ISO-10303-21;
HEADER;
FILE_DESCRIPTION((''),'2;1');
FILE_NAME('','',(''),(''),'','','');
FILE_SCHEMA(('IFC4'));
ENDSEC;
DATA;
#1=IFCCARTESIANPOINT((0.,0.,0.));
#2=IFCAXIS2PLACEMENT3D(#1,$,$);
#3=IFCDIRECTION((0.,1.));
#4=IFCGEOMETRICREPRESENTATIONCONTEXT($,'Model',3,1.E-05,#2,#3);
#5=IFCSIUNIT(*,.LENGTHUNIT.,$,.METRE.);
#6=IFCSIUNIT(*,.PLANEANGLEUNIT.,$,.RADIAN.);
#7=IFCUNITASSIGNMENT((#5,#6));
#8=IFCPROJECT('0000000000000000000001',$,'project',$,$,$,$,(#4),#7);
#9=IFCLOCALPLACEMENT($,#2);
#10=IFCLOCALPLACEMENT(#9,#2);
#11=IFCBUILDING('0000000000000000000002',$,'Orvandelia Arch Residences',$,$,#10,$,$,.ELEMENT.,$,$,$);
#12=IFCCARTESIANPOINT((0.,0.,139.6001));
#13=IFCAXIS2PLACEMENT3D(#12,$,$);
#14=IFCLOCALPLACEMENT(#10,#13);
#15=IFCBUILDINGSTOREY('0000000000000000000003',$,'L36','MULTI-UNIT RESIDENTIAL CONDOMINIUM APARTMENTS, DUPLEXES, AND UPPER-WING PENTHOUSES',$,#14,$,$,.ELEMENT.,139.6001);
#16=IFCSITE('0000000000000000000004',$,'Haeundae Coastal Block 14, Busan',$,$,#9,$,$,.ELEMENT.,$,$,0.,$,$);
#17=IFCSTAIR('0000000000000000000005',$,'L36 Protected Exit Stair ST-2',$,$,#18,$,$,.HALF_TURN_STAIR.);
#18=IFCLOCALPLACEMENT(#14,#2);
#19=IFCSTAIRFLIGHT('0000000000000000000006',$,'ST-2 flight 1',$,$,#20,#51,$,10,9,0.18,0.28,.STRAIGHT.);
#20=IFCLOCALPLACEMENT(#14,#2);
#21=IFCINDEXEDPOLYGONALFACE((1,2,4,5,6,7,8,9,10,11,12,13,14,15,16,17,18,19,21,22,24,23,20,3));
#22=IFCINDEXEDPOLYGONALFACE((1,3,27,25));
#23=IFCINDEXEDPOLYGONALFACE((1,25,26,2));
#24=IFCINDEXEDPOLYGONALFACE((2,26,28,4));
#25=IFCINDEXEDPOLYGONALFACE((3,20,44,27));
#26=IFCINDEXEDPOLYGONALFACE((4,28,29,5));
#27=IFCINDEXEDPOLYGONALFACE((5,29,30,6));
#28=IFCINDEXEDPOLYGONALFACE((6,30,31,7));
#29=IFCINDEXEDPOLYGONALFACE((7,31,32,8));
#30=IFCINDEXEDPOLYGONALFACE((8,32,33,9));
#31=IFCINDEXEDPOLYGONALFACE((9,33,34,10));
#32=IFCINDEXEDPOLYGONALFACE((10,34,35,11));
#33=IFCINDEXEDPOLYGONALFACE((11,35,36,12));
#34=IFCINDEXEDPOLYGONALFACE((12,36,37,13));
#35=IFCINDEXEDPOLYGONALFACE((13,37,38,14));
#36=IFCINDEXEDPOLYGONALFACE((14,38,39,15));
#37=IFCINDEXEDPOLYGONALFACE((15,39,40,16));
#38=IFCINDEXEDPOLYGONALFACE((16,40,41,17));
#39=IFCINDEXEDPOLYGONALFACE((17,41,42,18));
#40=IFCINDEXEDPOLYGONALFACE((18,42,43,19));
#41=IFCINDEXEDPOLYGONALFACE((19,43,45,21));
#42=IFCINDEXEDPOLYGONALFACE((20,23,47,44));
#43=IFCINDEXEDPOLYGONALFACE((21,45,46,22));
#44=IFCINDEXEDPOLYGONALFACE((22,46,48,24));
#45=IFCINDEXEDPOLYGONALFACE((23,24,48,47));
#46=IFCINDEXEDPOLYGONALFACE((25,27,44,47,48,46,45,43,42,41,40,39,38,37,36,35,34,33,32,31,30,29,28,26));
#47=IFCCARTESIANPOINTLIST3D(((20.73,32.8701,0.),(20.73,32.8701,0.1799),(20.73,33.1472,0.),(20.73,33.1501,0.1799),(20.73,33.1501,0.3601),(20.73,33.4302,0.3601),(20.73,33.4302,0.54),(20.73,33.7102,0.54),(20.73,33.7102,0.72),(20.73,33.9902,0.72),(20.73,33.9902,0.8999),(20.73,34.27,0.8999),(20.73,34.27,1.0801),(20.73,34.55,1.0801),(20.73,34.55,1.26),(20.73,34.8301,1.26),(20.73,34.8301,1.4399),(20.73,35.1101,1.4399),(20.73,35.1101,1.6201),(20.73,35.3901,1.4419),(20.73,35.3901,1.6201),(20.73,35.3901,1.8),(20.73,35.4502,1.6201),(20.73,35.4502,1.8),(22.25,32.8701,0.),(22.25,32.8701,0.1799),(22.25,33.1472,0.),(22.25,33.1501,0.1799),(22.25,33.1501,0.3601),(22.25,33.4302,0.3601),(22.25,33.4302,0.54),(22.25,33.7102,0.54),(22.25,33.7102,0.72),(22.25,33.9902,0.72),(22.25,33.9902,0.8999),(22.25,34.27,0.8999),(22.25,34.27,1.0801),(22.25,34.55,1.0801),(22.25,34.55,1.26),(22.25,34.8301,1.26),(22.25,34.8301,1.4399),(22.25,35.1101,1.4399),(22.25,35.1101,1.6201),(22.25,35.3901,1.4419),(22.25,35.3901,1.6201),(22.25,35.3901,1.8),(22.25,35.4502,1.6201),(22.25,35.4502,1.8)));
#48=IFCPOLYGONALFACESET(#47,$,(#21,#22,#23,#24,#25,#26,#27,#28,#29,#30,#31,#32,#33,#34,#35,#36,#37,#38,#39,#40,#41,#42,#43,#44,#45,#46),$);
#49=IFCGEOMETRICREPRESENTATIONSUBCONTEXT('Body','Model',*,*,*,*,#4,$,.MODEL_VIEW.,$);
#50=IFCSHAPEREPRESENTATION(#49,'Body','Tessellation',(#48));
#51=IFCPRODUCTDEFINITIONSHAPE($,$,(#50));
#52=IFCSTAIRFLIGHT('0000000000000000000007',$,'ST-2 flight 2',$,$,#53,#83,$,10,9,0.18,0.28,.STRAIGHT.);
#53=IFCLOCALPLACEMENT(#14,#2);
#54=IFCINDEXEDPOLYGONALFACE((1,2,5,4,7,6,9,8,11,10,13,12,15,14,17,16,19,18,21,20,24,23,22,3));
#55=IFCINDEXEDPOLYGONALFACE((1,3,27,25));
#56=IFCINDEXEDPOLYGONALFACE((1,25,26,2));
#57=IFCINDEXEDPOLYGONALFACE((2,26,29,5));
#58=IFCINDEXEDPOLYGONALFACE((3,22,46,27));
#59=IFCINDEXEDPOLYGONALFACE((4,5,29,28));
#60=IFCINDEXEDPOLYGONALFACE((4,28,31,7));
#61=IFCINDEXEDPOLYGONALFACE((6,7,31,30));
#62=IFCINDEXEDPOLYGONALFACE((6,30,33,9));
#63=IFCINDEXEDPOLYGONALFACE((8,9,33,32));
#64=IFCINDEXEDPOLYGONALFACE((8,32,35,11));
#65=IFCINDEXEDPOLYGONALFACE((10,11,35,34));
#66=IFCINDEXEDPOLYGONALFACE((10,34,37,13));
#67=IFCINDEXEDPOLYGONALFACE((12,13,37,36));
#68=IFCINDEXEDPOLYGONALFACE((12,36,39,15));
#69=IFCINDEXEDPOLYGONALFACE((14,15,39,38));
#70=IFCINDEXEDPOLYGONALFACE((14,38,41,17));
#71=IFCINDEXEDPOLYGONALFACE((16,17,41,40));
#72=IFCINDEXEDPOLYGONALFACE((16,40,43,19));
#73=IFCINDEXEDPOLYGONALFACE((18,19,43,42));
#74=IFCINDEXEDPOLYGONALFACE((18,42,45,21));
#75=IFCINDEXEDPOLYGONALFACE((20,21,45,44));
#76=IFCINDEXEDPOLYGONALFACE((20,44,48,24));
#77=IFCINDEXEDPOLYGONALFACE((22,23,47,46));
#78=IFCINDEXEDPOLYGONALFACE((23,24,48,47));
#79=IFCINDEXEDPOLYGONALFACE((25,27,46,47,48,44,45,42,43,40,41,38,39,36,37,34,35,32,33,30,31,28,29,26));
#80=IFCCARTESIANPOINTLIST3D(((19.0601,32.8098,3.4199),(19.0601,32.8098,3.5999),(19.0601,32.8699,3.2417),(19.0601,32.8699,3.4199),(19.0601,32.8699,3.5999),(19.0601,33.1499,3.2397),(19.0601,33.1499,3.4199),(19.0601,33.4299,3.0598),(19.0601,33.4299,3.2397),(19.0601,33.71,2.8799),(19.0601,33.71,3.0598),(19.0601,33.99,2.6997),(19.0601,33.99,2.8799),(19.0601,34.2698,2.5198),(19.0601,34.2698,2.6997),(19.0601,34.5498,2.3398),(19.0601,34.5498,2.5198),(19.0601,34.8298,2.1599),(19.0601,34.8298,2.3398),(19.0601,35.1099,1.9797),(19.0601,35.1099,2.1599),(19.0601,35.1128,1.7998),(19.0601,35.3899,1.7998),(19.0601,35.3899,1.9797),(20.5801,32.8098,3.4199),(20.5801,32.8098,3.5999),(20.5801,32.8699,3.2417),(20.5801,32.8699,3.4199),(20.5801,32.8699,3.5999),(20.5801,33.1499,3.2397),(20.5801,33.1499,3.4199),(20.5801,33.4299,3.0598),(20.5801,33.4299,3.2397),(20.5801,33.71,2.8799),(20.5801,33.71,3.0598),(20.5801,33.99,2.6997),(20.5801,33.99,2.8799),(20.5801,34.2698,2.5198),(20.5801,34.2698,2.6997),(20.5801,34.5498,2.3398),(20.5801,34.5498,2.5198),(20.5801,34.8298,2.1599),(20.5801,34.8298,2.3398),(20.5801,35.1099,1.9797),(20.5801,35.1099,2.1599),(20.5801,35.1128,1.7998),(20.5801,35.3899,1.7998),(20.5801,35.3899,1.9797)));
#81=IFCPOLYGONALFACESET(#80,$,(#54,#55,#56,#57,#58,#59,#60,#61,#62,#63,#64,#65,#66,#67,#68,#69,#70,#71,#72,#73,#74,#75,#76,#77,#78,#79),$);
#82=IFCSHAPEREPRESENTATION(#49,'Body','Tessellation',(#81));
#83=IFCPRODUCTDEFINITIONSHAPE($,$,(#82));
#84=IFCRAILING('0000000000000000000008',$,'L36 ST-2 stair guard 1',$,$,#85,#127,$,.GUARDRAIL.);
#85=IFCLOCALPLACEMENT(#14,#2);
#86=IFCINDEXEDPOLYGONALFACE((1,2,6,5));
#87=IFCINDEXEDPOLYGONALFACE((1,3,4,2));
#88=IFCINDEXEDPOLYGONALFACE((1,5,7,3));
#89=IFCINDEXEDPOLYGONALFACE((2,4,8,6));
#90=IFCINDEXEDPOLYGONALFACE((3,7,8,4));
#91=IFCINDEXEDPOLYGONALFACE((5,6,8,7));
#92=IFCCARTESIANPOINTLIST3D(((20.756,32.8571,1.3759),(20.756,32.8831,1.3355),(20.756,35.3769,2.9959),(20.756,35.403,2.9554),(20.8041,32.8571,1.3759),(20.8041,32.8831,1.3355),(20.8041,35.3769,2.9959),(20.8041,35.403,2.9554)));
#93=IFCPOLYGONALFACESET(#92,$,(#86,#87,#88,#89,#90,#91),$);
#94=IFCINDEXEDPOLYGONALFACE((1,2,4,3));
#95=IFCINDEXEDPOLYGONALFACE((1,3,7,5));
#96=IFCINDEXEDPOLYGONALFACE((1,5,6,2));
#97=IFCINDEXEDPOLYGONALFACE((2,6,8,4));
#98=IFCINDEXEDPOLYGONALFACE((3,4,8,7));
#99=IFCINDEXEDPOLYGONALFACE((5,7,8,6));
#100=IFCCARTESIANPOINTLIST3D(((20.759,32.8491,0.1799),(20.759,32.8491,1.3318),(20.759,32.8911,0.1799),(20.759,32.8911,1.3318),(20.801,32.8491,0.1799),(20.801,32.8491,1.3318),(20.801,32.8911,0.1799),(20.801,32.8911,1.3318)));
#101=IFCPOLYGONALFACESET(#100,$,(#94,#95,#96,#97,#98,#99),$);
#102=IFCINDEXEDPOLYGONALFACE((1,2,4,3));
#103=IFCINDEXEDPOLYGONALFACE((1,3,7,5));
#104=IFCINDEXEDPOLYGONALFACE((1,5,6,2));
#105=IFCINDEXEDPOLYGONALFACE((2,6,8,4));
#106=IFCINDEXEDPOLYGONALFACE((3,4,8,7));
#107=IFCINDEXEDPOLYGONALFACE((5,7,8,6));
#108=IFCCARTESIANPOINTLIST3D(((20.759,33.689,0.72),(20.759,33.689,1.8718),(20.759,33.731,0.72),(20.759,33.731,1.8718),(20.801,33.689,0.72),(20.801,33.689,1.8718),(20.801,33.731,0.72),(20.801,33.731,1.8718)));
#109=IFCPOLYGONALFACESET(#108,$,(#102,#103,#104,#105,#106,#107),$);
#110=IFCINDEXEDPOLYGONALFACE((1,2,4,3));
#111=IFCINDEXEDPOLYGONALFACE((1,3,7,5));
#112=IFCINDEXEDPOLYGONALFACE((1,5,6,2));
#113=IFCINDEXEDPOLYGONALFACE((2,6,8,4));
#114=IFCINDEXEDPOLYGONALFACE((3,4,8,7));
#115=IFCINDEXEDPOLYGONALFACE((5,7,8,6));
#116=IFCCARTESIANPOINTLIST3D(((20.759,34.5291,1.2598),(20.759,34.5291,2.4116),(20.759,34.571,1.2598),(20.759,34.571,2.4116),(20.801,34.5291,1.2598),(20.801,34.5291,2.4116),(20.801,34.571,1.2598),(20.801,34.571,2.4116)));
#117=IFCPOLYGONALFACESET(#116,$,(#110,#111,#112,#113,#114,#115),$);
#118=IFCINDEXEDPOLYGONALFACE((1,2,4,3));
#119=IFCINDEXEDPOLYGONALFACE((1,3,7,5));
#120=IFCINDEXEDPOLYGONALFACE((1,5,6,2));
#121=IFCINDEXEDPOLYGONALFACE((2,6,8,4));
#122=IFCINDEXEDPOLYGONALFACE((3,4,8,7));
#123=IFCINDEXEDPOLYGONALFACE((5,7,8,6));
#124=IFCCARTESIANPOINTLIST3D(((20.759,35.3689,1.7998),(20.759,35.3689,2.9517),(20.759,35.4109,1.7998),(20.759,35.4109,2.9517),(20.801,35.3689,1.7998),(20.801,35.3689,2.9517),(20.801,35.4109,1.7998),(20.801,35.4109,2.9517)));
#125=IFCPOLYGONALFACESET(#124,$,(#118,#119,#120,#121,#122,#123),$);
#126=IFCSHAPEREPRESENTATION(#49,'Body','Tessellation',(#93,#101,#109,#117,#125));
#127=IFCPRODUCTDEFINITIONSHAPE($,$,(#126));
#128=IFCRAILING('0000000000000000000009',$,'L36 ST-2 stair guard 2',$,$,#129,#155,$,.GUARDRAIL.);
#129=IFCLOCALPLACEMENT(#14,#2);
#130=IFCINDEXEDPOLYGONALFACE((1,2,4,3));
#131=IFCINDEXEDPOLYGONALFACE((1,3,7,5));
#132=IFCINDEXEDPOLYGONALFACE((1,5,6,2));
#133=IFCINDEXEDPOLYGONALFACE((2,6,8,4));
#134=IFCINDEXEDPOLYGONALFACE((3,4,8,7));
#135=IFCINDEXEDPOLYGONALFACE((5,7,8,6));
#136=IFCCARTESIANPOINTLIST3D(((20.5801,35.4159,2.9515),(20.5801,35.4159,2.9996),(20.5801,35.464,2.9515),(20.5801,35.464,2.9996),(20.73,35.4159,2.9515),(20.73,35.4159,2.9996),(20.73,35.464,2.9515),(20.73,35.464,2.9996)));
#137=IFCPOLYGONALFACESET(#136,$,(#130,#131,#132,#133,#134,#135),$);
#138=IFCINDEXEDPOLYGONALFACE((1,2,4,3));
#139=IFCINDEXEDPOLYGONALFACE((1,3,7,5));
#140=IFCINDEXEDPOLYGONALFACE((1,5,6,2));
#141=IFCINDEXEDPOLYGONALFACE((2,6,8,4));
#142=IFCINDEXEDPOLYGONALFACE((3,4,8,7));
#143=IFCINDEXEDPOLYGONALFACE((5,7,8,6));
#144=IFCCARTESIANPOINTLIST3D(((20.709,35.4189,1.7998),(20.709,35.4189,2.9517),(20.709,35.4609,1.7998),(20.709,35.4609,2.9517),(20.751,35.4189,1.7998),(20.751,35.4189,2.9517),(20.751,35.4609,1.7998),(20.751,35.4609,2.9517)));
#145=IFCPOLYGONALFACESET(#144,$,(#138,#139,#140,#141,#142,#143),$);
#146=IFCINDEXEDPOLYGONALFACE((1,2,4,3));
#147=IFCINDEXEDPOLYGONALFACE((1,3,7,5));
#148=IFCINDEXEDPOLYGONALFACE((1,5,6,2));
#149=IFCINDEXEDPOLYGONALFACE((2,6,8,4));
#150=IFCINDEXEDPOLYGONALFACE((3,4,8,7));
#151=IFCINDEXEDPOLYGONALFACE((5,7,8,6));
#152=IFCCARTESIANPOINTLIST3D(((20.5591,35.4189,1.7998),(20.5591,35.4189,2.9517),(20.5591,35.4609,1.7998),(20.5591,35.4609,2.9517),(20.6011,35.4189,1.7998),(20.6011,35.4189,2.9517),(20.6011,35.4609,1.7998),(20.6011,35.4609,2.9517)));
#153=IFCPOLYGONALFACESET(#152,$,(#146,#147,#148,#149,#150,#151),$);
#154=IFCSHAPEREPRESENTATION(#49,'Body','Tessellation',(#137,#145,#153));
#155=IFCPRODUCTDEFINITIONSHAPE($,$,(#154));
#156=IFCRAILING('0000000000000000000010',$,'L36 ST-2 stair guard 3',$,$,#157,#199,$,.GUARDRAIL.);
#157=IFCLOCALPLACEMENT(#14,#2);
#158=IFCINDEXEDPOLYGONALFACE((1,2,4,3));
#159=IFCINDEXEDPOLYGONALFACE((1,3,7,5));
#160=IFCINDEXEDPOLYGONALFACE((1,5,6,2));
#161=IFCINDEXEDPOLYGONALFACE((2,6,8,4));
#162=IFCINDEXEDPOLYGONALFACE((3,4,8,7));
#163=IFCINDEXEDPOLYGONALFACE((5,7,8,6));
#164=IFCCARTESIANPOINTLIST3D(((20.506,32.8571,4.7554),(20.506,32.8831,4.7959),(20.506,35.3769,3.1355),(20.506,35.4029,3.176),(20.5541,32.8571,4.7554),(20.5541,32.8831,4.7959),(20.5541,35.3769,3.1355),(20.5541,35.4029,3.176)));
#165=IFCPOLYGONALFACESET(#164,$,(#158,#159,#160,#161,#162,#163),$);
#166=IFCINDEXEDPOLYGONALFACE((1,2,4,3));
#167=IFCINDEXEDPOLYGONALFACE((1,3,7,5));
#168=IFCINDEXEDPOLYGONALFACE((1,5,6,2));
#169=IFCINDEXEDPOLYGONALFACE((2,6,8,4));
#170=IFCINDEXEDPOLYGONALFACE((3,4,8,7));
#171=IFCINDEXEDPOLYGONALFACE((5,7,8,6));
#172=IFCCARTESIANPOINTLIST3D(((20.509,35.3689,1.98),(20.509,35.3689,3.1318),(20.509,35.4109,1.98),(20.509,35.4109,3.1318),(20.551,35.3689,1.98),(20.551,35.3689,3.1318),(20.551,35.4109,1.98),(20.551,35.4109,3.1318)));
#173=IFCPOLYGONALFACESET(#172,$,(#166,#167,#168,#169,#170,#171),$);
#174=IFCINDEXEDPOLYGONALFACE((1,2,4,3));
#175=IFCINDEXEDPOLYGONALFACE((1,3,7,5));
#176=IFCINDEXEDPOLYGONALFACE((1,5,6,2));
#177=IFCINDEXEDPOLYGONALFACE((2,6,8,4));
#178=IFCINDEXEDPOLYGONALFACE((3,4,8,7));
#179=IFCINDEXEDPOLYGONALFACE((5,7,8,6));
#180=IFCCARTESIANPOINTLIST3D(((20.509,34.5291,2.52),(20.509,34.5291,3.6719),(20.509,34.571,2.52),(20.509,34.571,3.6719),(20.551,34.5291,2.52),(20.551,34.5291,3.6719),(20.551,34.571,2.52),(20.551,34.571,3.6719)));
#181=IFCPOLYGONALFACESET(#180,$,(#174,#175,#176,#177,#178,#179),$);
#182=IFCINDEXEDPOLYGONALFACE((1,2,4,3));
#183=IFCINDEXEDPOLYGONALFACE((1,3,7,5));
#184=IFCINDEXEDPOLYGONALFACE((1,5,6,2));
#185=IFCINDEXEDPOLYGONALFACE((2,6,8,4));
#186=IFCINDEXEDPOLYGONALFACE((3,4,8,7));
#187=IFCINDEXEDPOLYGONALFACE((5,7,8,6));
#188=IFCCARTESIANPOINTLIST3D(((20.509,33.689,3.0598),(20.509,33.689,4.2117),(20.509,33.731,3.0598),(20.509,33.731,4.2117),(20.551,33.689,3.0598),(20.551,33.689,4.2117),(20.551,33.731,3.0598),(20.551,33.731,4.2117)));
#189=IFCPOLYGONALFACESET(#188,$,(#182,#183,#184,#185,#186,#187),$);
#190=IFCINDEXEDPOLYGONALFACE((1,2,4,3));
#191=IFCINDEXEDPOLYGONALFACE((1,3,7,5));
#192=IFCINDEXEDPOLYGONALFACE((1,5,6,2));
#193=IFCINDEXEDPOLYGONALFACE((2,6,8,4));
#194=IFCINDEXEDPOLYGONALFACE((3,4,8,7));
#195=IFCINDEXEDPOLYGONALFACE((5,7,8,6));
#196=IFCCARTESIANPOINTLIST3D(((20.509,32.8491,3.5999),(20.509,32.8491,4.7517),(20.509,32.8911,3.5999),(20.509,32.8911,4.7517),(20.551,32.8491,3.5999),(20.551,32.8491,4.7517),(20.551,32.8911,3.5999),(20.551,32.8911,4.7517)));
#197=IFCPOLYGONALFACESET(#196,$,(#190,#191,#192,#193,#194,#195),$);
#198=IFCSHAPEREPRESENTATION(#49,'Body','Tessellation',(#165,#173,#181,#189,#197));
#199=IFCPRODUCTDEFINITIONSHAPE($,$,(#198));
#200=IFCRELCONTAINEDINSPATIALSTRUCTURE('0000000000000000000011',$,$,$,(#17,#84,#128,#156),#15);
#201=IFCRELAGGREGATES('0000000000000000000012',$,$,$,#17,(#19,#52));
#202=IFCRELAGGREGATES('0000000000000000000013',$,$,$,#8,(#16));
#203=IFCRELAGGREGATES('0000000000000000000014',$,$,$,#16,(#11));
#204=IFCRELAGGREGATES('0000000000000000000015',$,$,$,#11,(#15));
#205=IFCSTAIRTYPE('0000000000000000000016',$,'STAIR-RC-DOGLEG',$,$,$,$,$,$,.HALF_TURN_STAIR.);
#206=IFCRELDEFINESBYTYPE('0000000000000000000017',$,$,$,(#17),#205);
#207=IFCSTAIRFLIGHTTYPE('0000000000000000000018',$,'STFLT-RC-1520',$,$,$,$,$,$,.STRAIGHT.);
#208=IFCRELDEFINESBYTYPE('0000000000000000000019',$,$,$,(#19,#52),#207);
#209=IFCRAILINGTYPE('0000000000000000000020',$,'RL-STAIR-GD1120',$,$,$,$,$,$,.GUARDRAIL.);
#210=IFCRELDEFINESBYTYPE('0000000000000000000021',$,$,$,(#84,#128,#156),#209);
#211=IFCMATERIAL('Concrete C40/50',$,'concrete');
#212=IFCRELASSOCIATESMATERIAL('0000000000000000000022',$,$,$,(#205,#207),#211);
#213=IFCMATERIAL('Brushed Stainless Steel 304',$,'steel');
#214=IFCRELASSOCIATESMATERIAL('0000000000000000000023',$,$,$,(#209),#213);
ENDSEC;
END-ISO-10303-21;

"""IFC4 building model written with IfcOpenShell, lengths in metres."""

from ifc_helpers import new_model, si_unit, direction, frame, origin, origin_2d, place, context, subcontext, project, spatial, polyline, rectangle, outline, extrude, material, type_object, element, aggregate, save


model = new_model("IFC4")

# Units and contexts
model_context = context("Model", 3, precision=1e-05, world=origin(), true_north=direction((0.0, 1.0)))
body_context = subcontext(model_context, "Body", "Model", "MODEL_VIEW")
ifc_project = project(units=[si_unit("LENGTHUNIT", "METRE"), si_unit("PLANEANGLEUNIT", "RADIAN")], contexts=[model_context])

# Site, building, storey
site_placement = place(None, origin())
site = spatial("IfcSite", under=ifc_project, at=site_placement, Name="Haeundae Coastal Block 14, Busan", CompositionType="ELEMENT", RefElevation=0.0)
building_placement = place(site_placement, origin())
building = spatial("IfcBuilding", under=site, at=building_placement, Name="Orvandelia Arch Residences", CompositionType="ELEMENT")
storey_placement = place(building_placement, frame((0.0, 0.0, 139.6001)))
storey = spatial("IfcBuildingStorey", under=building, at=storey_placement, Name="L36", Description="MULTI-UNIT RESIDENTIAL CONDOMINIUM APARTMENTS, DUPLEXES, AND UPPER-WING PENTHOUSES", CompositionType="ELEMENT", Elevation=139.6001)

# Stair, stair flights
ifc_material_1 = material(Name="Concrete C40/50", Category="concrete")
stair_type = type_object("IfcStairType", Name="STAIR-RC-DOGLEG", PredefinedType="HALF_TURN_STAIR", material=ifc_material_1)
stair_placement = place(storey_placement, origin())
stair = element("IfcStair", 1, at=stair_placement, inside=storey, type_object=stair_type, Name="L36 Protected Exit Stair ST-2", PredefinedType="HALF_TURN_STAIR")
stair_flight_type = type_object("IfcStairFlightType", Name="STFLT-RC-1520", PredefinedType="STRAIGHT", material=ifc_material_1)
stair_flight_1_placement = place(storey_placement, frame((21.49, 32.8701, 0.0), z_axis=(0.0, 0.0, 1.0), x_axis=(0.0, 1.0, 0.0)))
stair_flight_1 = element("IfcStairFlight", 2, at=stair_flight_1_placement, type_object=stair_flight_type, Name="ST-2 flight 1", NumberOfRisers=10, NumberOfTreads=9, PredefinedType="STRAIGHT", RiserHeight=0.18, TreadLength=0.28, context=body_context, shape_type="SweptSolid", body=[
    extrude(outline(polyline([(0.0, 0.0), (0.0, 0.1799), (0.28, 0.1799), (0.28, 0.3601), (0.5601, 0.3601), (0.5601, 0.54), (0.8401, 0.54), (0.8401, 0.72), (1.1201, 0.72), (1.1201, 0.8999), (1.3999, 0.8999), (1.3999, 1.0801), (1.6799, 1.0801), (1.6799, 1.26), (1.96, 1.26), (1.96, 1.4399), (2.24, 1.4399), (2.24, 1.6201), (2.52, 1.6201), (2.52, 1.8), (2.5801, 1.8), (2.5801, 1.6201), (2.52, 1.4419), (0.2771, 0.0), (0.0, 0.0)])), frame((0.0, 0.76, 0.0), z_axis=(0.0, -1.0, 0.0), x_axis=(1.0, 0.0, 0.0)), (0.0, 0.0, 1.0), 1.52),
])
stair_flight_2_placement = place(storey_placement, frame((19.8201, 35.3899, 1.7998), z_axis=(0.0, 0.0, 1.0), x_axis=(0.0, -1.0, 0.0)))
stair_flight_2 = element("IfcStairFlight", 3, at=stair_flight_2_placement, type_object=stair_flight_type, Name="ST-2 flight 2", NumberOfRisers=10, NumberOfTreads=9, PredefinedType="STRAIGHT", RiserHeight=0.18, TreadLength=0.28, context=body_context, shape_type="SweptSolid", body=[
    extrude(outline(polyline([(0.0, 0.0), (0.0, 0.1799), (0.28, 0.1799), (0.28, 0.3601), (0.5601, 0.3601), (0.5601, 0.54), (0.8401, 0.54), (0.8401, 0.72), (1.1201, 0.72), (1.1201, 0.8999), (1.3999, 0.8999), (1.3999, 1.0801), (1.6799, 1.0801), (1.6799, 1.26), (1.96, 1.26), (1.96, 1.4399), (2.24, 1.4399), (2.24, 1.6201), (2.52, 1.6201), (2.52, 1.8), (2.5801, 1.8), (2.5801, 1.6201), (2.52, 1.4419), (0.2771, 0.0), (0.0, 0.0)])), frame((0.0, 0.76, 0.0), z_axis=(0.0, -1.0, 0.0), x_axis=(1.0, 0.0, 0.0)), (0.0, 0.0, 1.0), 1.52),
])
aggregate(stair, [stair_flight_1, stair_flight_2])

# Railings
ifc_material_2 = material(Name="Brushed Stainless Steel 304", Category="steel")
railing_type_1 = type_object("IfcRailingType", Name="RL-STAIR-GD1120", PredefinedType="GUARDRAIL", material=ifc_material_2)
railing_1_placement = place(storey_placement, frame((20.78, 32.8701, 0.1799)))
element("IfcRailing", 4, at=railing_1_placement, inside=storey, type_object=railing_type_1, Name="L36 ST-2 stair guard 1", PredefinedType="GUARDRAIL", context=body_context, shape_type="SweptSolid", body=[
    extrude(rectangle(XDim=0.0481, YDim=0.0481, at=origin_2d()), frame((0.0, 0.0, 1.1758), z_axis=(0.0, 0.841176, 0.540762), x_axis=(-1.0, 0.0, 0.0)), (0.0, 0.0, 1.0), 2.9956),
    extrude(rectangle(XDim=0.042, YDim=0.042, at=origin_2d()), origin(), (0.0, 0.0, 1.0), 1.1519),
    extrude(rectangle(XDim=0.042, YDim=0.042, at=origin_2d()), frame((0.0, 0.8398, 0.54)), (0.0, 0.0, 1.0), 1.1519),
    extrude(rectangle(XDim=0.042, YDim=0.042, at=origin_2d()), frame((0.0, 1.6799, 1.0798)), (0.0, 0.0, 1.0), 1.1519),
    extrude(rectangle(XDim=0.042, YDim=0.042, at=origin_2d()), frame((0.0, 2.5198, 1.6199)), (0.0, 0.0, 1.0), 1.1519),
])
railing_2_placement = place(storey_placement, frame((20.73, 35.4399, 1.7998)))
element("IfcRailing", 5, at=railing_2_placement, inside=storey, type_object=railing_type_1, Name="L36 ST-2 stair guard 2", PredefinedType="GUARDRAIL", context=body_context, shape_type="SweptSolid", body=[
    extrude(rectangle(XDim=0.0481, YDim=0.0481, at=origin_2d()), frame((0.0, 0.0, 1.1758), z_axis=(-1.0, 0.0, 0.0), x_axis=(0.0, -1.0, 0.0)), (0.0, 0.0, 1.0), 0.1499),
    extrude(rectangle(XDim=0.042, YDim=0.042, at=origin_2d()), origin(), (0.0, 0.0, 1.0), 1.1519),
    extrude(rectangle(XDim=0.042, YDim=0.042, at=origin_2d()), frame((-0.1499, 0.0, 0.0)), (0.0, 0.0, 1.0), 1.1519),
])
railing_3_placement = place(storey_placement, frame((20.53, 35.3899, 1.98)))
element("IfcRailing", 6, at=railing_3_placement, inside=storey, type_object=railing_type_1, Name="L36 ST-2 stair guard 3", PredefinedType="GUARDRAIL", context=body_context, shape_type="SweptSolid", body=[
    extrude(rectangle(XDim=0.0481, YDim=0.0481, at=origin_2d()), frame((0.0, 0.0, 1.1758), z_axis=(0.0, -0.841176, 0.540762), x_axis=(1.0, 0.0, 0.0)), (0.0, 0.0, 1.0), 2.9956),
    extrude(rectangle(XDim=0.042, YDim=0.042, at=origin_2d()), origin(), (0.0, 0.0, 1.0), 1.1519),
    extrude(rectangle(XDim=0.042, YDim=0.042, at=origin_2d()), frame((0.0, -0.8398, 0.54)), (0.0, 0.0, 1.0), 1.1519),
    extrude(rectangle(XDim=0.042, YDim=0.042, at=origin_2d()), frame((0.0, -1.6799, 1.0798)), (0.0, 0.0, 1.0), 1.1519),
    extrude(rectangle(XDim=0.042, YDim=0.042, at=origin_2d()), frame((0.0, -2.5198, 1.6199)), (0.0, 0.0, 1.0), 1.1519),
])

save(model, "model.ifc")
